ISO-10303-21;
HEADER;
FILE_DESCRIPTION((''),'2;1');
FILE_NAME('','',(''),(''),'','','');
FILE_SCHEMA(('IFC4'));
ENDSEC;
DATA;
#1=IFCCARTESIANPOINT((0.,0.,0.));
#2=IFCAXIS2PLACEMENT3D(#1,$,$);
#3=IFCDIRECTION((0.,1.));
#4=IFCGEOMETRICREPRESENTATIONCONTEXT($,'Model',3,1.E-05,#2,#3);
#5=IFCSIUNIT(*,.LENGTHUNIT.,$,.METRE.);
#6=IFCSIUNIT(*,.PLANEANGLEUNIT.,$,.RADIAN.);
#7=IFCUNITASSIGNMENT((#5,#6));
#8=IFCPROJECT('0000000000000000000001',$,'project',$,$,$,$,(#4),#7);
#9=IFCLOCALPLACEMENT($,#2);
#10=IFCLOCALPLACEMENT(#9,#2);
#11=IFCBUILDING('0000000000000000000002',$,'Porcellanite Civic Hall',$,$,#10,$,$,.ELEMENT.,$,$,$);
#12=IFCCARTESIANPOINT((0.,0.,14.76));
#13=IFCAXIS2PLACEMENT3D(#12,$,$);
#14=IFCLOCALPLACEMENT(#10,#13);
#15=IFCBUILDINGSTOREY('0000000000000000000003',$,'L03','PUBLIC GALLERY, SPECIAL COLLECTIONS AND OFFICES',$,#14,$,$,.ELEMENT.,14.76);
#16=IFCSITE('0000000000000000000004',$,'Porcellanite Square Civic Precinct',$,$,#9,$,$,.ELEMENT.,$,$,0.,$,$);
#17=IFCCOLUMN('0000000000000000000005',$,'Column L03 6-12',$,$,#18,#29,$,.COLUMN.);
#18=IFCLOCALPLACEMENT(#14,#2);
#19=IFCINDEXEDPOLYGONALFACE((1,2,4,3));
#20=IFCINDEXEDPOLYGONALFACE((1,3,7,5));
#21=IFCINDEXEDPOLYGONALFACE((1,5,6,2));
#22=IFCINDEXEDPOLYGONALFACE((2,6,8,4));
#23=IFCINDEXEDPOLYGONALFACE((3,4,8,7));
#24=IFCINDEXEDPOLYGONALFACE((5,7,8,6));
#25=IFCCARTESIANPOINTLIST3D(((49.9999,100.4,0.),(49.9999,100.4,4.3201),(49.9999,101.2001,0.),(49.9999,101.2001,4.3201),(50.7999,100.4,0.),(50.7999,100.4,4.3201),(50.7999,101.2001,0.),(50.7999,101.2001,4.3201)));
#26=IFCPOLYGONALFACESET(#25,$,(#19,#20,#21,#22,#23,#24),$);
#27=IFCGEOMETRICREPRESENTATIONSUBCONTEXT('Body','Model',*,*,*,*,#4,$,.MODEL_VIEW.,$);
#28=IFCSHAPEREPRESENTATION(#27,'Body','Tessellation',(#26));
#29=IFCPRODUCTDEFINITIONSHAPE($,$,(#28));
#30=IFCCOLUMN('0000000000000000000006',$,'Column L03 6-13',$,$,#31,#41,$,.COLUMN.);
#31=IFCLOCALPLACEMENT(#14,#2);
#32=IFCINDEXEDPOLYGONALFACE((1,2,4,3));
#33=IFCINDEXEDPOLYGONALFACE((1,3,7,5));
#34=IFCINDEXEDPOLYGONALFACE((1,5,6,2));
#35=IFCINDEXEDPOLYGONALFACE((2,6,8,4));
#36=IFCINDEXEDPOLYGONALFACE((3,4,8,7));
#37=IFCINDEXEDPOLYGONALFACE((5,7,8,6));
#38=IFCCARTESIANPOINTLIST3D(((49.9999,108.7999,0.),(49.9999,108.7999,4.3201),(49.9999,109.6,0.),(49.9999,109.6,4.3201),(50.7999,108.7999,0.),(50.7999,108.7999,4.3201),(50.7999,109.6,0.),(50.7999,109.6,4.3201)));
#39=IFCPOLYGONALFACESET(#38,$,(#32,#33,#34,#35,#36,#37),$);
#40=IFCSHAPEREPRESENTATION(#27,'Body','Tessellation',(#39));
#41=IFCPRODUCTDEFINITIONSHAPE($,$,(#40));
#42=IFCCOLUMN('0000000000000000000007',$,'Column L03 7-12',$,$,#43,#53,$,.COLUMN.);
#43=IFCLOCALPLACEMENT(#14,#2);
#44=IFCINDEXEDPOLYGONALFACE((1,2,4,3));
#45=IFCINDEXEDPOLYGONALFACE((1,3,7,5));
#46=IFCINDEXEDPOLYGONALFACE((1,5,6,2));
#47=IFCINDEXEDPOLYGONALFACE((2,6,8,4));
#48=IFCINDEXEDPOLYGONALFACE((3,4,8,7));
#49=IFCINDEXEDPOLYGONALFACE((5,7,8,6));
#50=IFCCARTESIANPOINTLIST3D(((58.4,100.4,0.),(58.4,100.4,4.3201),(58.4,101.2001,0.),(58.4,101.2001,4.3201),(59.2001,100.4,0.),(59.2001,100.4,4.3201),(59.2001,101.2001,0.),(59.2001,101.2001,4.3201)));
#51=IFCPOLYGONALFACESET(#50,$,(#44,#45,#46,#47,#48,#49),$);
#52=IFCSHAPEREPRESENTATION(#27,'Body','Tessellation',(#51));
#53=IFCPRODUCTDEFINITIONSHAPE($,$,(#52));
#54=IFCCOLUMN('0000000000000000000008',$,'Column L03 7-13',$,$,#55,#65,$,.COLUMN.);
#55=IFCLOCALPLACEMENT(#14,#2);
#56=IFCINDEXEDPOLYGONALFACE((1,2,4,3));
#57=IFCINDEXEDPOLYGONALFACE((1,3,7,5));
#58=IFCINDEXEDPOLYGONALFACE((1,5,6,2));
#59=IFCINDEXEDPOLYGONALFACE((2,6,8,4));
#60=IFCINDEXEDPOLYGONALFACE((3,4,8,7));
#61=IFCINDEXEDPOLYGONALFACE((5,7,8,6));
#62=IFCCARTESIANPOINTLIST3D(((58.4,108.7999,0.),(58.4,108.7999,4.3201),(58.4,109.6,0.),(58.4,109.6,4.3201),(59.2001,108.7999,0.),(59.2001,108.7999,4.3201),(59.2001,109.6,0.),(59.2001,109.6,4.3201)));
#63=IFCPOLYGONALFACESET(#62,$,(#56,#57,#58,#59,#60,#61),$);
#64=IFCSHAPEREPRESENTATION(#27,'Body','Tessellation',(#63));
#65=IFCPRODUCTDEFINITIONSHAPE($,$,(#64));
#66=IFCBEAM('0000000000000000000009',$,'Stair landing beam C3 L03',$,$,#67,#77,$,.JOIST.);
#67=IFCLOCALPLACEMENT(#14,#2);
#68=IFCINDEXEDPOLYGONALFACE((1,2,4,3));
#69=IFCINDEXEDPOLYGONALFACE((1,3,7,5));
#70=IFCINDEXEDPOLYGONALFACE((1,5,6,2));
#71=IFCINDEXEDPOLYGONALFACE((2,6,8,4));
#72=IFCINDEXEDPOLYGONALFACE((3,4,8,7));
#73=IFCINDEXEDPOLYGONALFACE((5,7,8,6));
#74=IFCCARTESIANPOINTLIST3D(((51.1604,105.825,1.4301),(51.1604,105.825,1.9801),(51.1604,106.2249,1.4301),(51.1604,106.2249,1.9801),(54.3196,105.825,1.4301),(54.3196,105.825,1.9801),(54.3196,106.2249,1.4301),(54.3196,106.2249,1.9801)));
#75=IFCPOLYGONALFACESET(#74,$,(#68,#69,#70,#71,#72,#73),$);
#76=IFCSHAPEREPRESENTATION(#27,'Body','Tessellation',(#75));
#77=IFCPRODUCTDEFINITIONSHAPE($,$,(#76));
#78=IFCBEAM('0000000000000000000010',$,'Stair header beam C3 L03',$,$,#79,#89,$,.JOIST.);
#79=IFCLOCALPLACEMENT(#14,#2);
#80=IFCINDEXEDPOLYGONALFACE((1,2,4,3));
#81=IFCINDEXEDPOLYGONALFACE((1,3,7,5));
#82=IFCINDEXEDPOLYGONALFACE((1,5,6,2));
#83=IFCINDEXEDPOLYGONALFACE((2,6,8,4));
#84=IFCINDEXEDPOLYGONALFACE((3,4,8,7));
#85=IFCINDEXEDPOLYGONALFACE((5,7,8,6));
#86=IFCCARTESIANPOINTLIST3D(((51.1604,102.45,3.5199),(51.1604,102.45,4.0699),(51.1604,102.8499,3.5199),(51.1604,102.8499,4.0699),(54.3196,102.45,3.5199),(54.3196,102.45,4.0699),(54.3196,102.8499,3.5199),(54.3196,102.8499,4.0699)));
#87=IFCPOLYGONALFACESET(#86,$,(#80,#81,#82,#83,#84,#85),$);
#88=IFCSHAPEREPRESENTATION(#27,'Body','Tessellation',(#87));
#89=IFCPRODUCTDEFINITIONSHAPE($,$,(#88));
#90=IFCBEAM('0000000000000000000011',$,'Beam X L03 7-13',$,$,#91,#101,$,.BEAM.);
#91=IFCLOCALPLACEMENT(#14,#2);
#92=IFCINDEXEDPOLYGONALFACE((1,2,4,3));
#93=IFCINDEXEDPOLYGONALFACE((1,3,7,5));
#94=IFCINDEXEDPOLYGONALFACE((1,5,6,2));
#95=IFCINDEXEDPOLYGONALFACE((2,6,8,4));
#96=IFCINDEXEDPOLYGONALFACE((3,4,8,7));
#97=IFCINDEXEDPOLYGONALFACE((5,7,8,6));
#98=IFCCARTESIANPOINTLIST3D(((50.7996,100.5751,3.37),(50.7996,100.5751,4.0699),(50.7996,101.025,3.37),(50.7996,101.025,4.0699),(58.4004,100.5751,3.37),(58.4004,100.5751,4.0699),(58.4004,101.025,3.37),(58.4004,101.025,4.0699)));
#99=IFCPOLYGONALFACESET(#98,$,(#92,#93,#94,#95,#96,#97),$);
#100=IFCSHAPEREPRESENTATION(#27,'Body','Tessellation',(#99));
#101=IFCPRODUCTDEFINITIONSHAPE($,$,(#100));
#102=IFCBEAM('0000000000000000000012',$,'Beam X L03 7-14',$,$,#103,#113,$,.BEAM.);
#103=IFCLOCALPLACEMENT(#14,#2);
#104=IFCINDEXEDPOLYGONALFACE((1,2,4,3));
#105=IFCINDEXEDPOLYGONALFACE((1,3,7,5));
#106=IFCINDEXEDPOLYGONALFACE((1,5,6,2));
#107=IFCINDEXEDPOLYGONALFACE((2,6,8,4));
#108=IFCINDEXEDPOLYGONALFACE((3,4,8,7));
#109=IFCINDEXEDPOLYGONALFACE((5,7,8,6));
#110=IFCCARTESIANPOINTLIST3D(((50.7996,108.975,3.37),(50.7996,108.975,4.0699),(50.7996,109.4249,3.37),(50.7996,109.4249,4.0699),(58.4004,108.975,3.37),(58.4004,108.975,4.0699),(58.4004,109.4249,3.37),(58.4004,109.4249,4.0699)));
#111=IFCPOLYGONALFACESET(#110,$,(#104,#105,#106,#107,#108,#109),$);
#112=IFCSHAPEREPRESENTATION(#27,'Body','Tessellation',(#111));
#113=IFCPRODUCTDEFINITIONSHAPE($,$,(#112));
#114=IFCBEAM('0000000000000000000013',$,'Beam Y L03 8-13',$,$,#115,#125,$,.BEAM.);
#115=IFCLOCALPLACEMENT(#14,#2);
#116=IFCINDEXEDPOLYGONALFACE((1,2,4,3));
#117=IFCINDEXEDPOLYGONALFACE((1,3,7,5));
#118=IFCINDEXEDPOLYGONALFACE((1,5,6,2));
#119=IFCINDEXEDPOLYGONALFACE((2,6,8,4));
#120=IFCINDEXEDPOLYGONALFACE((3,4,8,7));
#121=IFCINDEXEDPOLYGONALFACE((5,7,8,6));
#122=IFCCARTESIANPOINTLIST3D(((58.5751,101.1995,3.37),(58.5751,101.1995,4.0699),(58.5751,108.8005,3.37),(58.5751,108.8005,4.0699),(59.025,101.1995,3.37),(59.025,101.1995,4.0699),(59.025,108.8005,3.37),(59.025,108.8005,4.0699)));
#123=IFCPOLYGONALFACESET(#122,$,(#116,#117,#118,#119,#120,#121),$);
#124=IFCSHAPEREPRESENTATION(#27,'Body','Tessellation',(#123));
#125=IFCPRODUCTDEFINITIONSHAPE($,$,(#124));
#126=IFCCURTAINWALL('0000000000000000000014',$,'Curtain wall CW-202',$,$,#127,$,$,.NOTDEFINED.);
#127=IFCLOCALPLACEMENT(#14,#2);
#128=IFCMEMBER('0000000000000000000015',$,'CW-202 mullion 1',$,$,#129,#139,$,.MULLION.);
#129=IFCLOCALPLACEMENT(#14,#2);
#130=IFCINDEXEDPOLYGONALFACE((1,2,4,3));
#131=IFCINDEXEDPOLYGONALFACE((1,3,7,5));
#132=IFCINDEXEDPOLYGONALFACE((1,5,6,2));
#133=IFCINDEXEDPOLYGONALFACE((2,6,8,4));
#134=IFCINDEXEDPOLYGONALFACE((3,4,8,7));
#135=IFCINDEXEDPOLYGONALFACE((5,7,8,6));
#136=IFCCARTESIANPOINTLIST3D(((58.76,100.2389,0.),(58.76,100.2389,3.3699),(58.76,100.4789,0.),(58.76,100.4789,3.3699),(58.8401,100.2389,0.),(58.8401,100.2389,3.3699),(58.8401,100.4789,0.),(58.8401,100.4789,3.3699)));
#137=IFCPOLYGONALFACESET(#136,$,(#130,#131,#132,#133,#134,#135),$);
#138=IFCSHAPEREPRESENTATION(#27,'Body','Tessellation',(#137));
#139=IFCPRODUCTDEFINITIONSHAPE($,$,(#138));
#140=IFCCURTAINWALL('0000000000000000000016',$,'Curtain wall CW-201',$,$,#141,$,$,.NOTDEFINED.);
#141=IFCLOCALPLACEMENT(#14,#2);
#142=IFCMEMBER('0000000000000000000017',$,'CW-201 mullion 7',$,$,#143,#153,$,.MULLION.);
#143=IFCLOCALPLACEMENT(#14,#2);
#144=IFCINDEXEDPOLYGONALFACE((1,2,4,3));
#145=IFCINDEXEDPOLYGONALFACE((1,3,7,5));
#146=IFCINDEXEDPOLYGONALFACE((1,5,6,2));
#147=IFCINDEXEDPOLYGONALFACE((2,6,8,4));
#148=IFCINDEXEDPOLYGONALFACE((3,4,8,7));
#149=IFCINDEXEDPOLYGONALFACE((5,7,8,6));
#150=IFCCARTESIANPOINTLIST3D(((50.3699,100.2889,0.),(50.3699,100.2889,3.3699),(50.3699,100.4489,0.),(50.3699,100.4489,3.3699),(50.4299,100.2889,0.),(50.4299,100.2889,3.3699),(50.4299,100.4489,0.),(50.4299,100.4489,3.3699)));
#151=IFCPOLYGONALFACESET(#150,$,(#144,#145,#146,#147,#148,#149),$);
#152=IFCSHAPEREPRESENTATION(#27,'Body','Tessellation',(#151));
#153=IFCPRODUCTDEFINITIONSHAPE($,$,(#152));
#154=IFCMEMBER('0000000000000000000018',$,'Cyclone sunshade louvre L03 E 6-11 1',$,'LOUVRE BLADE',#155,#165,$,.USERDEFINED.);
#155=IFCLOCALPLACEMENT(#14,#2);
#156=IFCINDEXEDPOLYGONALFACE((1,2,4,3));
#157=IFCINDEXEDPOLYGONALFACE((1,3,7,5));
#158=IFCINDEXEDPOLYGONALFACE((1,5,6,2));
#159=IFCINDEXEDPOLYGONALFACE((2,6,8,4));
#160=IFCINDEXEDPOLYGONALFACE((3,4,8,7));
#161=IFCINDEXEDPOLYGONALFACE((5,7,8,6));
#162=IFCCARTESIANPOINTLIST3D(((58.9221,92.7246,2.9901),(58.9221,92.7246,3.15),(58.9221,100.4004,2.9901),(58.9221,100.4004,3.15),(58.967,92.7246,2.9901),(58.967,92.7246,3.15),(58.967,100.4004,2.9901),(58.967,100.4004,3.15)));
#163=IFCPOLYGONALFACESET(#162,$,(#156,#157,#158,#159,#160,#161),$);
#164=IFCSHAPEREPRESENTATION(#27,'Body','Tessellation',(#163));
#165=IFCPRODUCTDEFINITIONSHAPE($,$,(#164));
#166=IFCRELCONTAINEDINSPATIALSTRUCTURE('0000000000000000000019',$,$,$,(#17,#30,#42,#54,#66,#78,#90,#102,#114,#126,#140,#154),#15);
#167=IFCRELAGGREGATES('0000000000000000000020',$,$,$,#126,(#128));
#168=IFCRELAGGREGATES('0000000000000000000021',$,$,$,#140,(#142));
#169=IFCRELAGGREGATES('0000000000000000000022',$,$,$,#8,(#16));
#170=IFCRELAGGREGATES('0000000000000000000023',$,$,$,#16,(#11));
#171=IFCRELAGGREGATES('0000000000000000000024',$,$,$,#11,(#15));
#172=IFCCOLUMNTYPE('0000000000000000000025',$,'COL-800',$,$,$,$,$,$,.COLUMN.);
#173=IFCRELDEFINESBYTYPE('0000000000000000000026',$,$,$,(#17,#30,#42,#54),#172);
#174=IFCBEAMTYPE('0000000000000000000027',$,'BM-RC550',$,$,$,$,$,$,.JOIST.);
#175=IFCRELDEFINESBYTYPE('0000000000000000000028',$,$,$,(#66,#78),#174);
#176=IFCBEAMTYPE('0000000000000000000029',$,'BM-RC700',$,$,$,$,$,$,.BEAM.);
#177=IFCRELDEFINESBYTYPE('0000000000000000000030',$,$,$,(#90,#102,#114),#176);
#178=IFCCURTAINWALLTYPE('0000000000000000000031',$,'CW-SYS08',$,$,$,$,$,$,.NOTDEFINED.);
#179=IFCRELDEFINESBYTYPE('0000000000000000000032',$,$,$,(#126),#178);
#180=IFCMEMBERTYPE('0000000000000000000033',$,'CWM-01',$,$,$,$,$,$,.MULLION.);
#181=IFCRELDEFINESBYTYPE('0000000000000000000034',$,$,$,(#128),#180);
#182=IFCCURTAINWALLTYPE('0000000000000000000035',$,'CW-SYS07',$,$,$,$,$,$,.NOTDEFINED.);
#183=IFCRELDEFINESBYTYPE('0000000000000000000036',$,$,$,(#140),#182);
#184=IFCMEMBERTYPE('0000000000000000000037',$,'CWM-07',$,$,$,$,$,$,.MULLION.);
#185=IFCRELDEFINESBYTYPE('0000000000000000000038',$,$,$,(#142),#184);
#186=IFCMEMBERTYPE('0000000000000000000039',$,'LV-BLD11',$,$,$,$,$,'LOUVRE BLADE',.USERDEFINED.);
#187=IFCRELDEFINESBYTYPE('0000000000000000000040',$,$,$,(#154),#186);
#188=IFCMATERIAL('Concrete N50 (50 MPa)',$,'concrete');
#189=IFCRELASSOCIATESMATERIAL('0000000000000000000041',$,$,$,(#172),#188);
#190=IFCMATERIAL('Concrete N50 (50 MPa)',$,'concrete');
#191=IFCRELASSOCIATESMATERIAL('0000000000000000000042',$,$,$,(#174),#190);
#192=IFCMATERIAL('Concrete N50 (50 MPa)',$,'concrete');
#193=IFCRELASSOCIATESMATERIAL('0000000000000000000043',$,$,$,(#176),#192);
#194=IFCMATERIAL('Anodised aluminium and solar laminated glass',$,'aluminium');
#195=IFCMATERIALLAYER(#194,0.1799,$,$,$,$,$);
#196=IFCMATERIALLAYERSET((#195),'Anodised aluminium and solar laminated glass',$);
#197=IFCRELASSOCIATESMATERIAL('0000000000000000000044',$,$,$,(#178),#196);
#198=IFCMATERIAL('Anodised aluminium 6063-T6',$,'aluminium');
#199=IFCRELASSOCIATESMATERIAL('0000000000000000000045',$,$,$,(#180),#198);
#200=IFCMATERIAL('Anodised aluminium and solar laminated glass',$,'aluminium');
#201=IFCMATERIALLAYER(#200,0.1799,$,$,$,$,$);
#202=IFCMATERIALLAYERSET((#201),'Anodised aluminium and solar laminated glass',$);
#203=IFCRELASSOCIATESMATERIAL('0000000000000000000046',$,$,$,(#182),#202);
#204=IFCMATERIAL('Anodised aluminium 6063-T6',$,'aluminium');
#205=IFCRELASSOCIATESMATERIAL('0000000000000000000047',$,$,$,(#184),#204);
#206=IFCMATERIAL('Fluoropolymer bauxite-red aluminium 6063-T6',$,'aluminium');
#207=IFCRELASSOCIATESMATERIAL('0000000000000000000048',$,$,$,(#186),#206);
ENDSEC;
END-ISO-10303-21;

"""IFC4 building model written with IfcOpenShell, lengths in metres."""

from ifc_helpers import new_model, si_unit, direction, frame, origin, origin_2d, place, context, subcontext, project, spatial, rectangle, extrude, material, layer, layer_set, material_profile, profile_set, type_object, element, aggregate, save


model = new_model("IFC4")

# Units and contexts
model_context = context("Model", 3, precision=1e-05, world=origin(), true_north=direction((0.0, 1.0)))
body_context = subcontext(model_context, "Body", "Model", "MODEL_VIEW")
ifc_project = project(units=[si_unit("LENGTHUNIT", "METRE"), si_unit("PLANEANGLEUNIT", "RADIAN")], contexts=[model_context])

# Site, building, storey
site_placement = place(None, origin())
site = spatial("IfcSite", under=ifc_project, at=site_placement, Name="Porcellanite Square Civic Precinct", CompositionType="ELEMENT", RefElevation=0.0)
building_placement = place(site_placement, origin())
building = spatial("IfcBuilding", under=site, at=building_placement, Name="Porcellanite Civic Hall", CompositionType="ELEMENT")
storey_placement = place(building_placement, frame((0.0, 0.0, 14.76)))
storey = spatial("IfcBuildingStorey", under=building, at=storey_placement, Name="L03", Description="PUBLIC GALLERY, SPECIAL COLLECTIONS AND OFFICES", CompositionType="ELEMENT", Elevation=14.76)

# Columns
ifc_material_1 = material(Name="Concrete N50 (50 MPa)", Category="concrete")
ifc_material_profile_1 = material_profile(ifc_material_1, rectangle(XDim=0.8, YDim=0.8, at=origin_2d()), Name="RC-800x800")
ifc_profile_set_1 = profile_set([ifc_material_profile_1], Name="Concrete N50 (50 MPa)")
column_type = type_object("IfcColumnType", Name="COL-800", PredefinedType="COLUMN", material=ifc_profile_set_1)
for number, where, z_axis, x_axis, name in (
    (1, (50.3999, 100.8, 0.0), (0.0, 0.0, 1.0), (1.0, 0.0, 0.0), "Column L03 6-12"),
    (2, (50.3999, 109.2, 0.0), (0.0, 0.0, 1.0), (1.0, 0.0, 0.0), "Column L03 6-13"),
    (3, (58.8, 100.8, 0.0), (0.0, 0.0, 1.0), (1.0, 0.0, 0.0), "Column L03 7-12"),
    (4, (58.8, 109.2, 0.0), (0.0, 0.0, 1.0), (1.0, 0.0, 0.0), "Column L03 7-13"),
):
    element("IfcColumn", number, at=place(storey_placement, frame(where, z_axis=z_axis, x_axis=x_axis)), inside=storey, type_object=column_type, Name=name, PredefinedType="COLUMN", context=body_context, shape_type="SweptSolid", body=[
        extrude(rectangle(XDim=0.8, YDim=0.8, at=origin_2d()), origin(), (0.0, 0.0, 1.0), 4.3201),
    ])

# Beams
ifc_material_2 = material(Name="Concrete N50 (50 MPa)", Category="concrete")
ifc_material_profile_2 = material_profile(ifc_material_2, rectangle(XDim=0.3999, YDim=0.55, at=origin_2d()), Name="RC-400x550")
ifc_profile_set_2 = profile_set([ifc_material_profile_2], Name="Concrete N50 (50 MPa)")
beam_type_1 = type_object("IfcBeamType", Name="BM-RC550", PredefinedType="JOIST", material=ifc_profile_set_2)
for number, where, z_axis, x_axis, name in (
    (5, (51.1604, 106.0249, 1.7051), (1.0, 0.0, 0.0), (0.0, 1.0, 0.0), "Stair landing beam C3 L03"),
    (6, (51.1604, 102.6499, 3.7949), (1.0, 0.0, 0.0), (0.0, 1.0, 0.0), "Stair header beam C3 L03"),
):
    element("IfcBeam", number, at=place(storey_placement, frame(where, z_axis=z_axis, x_axis=x_axis)), inside=storey, type_object=beam_type_1, Name=name, PredefinedType="JOIST", context=body_context, shape_type="SweptSolid", body=[
        extrude(rectangle(XDim=0.3999, YDim=0.55, at=origin_2d()), origin(), (0.0, 0.0, 1.0), 3.1592),
    ])
ifc_material_3 = material(Name="Concrete N50 (50 MPa)", Category="concrete")
ifc_material_profile_3 = material_profile(ifc_material_3, rectangle(XDim=0.45, YDim=0.7, at=origin_2d()), Name="RC-450x700")
ifc_profile_set_3 = profile_set([ifc_material_profile_3], Name="Concrete N50 (50 MPa)")
beam_type_2 = type_object("IfcBeamType", Name="BM-RC700", PredefinedType="BEAM", material=ifc_profile_set_3)
for number, where, z_axis, x_axis, name in (
    (7, (50.7996, 100.8, 3.72), (1.0, 0.0, 0.0), (0.0, 1.0, 0.0), "Beam X L03 7-13"),
    (8, (50.7996, 109.2, 3.72), (1.0, 0.0, 0.0), (0.0, 1.0, 0.0), "Beam X L03 7-14"),
):
    element("IfcBeam", number, at=place(storey_placement, frame(where, z_axis=z_axis, x_axis=x_axis)), inside=storey, type_object=beam_type_2, Name=name, PredefinedType="BEAM", context=body_context, shape_type="SweptSolid", body=[
        extrude(rectangle(XDim=0.45, YDim=0.7, at=origin_2d()), origin(), (0.0, 0.0, 1.0), 7.6008),
    ])
beam_1_placement = place(storey_placement, frame((58.8, 101.1995, 3.72), z_axis=(0.0, 1.0, 0.0), x_axis=(-1.0, 0.0, 0.0)))
element("IfcBeam", 9, at=beam_1_placement, inside=storey, type_object=beam_type_2, Name="Beam Y L03 8-13", PredefinedType="BEAM", context=body_context, shape_type="SweptSolid", body=[
    extrude(rectangle(XDim=0.45, YDim=0.7, at=origin_2d()), origin(), (0.0, 0.0, 1.0), 7.6011),
])

# Curtain walls, members
ifc_material_4 = material(Name="Anodised aluminium and solar laminated glass", Category="aluminium")
ifc_layer_1 = layer(ifc_material_4, 0.1799)
ifc_layer_set_1 = layer_set([ifc_layer_1], Name="Anodised aluminium and solar laminated glass")
curtain_wall_type_1 = type_object("IfcCurtainWallType", Name="CW-SYS08", PredefinedType="NOTDEFINED", material=ifc_layer_set_1)
curtain_wall_1_placement = place(storey_placement, origin())
curtain_wall_1 = element("IfcCurtainWall", 10, at=curtain_wall_1_placement, inside=storey, type_object=curtain_wall_type_1, Name="Curtain wall CW-202", PredefinedType="NOTDEFINED")
ifc_material_5 = material(Name="Anodised aluminium 6063-T6", Category="aluminium")
ifc_material_profile_4 = material_profile(ifc_material_5, rectangle(XDim=0.0801, YDim=0.24, at=origin_2d()), Name="AL-80x240")
ifc_profile_set_4 = profile_set([ifc_material_profile_4], Name="Anodised aluminium 6063-T6")
member_type_1 = type_object("IfcMemberType", Name="CWM-01", PredefinedType="MULLION", material=ifc_profile_set_4)
member_1_placement = place(storey_placement, frame((58.8, 100.3589, 0.0), z_axis=(0.0, 0.0, 1.0), x_axis=(1.0, 0.0, 0.0)))
member_1 = element("IfcMember", 11, at=member_1_placement, type_object=member_type_1, Name="CW-202 mullion 1", PredefinedType="MULLION", context=body_context, shape_type="SweptSolid", body=[
    extrude(rectangle(XDim=0.0801, YDim=0.24, at=origin_2d()), origin(), (0.0, 0.0, 1.0), 3.3699),
])
aggregate(curtain_wall_1, [member_1])
ifc_material_6 = material(Name="Anodised aluminium and solar laminated glass", Category="aluminium")
ifc_layer_2 = layer(ifc_material_6, 0.1799)
ifc_layer_set_2 = layer_set([ifc_layer_2], Name="Anodised aluminium and solar laminated glass")
curtain_wall_type_2 = type_object("IfcCurtainWallType", Name="CW-SYS07", PredefinedType="NOTDEFINED", material=ifc_layer_set_2)
curtain_wall_2_placement = place(storey_placement, origin())
curtain_wall_2 = element("IfcCurtainWall", 12, at=curtain_wall_2_placement, inside=storey, type_object=curtain_wall_type_2, Name="Curtain wall CW-201", PredefinedType="NOTDEFINED")
ifc_material_7 = material(Name="Anodised aluminium 6063-T6", Category="aluminium")
ifc_material_profile_5 = material_profile(ifc_material_7, rectangle(XDim=0.0601, YDim=0.1599, at=origin_2d()), Name="AL-60x160")
ifc_profile_set_5 = profile_set([ifc_material_profile_5], Name="Anodised aluminium 6063-T6")
member_type_2 = type_object("IfcMemberType", Name="CWM-07", PredefinedType="MULLION", material=ifc_profile_set_5)
member_2_placement = place(storey_placement, frame((50.3999, 100.3689, 0.0), z_axis=(0.0, 0.0, 1.0), x_axis=(-1.0, 0.0, 0.0)))
member_2 = element("IfcMember", 13, at=member_2_placement, type_object=member_type_2, Name="CW-201 mullion 7", PredefinedType="MULLION", context=body_context, shape_type="SweptSolid", body=[
    extrude(rectangle(XDim=0.0601, YDim=0.1599, at=origin_2d()), origin(), (0.0, 0.0, 1.0), 3.3699),
])
aggregate(curtain_wall_2, [member_2])

# Member
ifc_material_8 = material(Name="Fluoropolymer bauxite-red aluminium 6063-T6", Category="aluminium")
ifc_material_profile_6 = material_profile(ifc_material_8, rectangle(XDim=0.0449, YDim=0.1599, at=origin_2d()), Name="AL-45x160")
ifc_profile_set_6 = profile_set([ifc_material_profile_6], Name="Fluoropolymer bauxite-red aluminium 6063-T6")
member_type_3 = type_object("IfcMemberType", Name="LV-BLD11", ElementType="LOUVRE BLADE", PredefinedType="USERDEFINED", material=ifc_profile_set_6)
member_3_placement = place(storey_placement, frame((58.9446, 100.4004, 3.0701), z_axis=(0.0, -1.0, 0.0), x_axis=(1.0, 0.0, 0.0)))
element("IfcMember", 14, at=member_3_placement, inside=storey, type_object=member_type_3, Name="Cyclone sunshade louvre L03 E 6-11 1", ObjectType="LOUVRE BLADE", PredefinedType="USERDEFINED", context=body_context, shape_type="SweptSolid", body=[
    extrude(rectangle(XDim=0.0449, YDim=0.1599, at=origin_2d()), origin(), (0.0, 0.0, 1.0), 7.6758),
])

save(model, "model.ifc")
